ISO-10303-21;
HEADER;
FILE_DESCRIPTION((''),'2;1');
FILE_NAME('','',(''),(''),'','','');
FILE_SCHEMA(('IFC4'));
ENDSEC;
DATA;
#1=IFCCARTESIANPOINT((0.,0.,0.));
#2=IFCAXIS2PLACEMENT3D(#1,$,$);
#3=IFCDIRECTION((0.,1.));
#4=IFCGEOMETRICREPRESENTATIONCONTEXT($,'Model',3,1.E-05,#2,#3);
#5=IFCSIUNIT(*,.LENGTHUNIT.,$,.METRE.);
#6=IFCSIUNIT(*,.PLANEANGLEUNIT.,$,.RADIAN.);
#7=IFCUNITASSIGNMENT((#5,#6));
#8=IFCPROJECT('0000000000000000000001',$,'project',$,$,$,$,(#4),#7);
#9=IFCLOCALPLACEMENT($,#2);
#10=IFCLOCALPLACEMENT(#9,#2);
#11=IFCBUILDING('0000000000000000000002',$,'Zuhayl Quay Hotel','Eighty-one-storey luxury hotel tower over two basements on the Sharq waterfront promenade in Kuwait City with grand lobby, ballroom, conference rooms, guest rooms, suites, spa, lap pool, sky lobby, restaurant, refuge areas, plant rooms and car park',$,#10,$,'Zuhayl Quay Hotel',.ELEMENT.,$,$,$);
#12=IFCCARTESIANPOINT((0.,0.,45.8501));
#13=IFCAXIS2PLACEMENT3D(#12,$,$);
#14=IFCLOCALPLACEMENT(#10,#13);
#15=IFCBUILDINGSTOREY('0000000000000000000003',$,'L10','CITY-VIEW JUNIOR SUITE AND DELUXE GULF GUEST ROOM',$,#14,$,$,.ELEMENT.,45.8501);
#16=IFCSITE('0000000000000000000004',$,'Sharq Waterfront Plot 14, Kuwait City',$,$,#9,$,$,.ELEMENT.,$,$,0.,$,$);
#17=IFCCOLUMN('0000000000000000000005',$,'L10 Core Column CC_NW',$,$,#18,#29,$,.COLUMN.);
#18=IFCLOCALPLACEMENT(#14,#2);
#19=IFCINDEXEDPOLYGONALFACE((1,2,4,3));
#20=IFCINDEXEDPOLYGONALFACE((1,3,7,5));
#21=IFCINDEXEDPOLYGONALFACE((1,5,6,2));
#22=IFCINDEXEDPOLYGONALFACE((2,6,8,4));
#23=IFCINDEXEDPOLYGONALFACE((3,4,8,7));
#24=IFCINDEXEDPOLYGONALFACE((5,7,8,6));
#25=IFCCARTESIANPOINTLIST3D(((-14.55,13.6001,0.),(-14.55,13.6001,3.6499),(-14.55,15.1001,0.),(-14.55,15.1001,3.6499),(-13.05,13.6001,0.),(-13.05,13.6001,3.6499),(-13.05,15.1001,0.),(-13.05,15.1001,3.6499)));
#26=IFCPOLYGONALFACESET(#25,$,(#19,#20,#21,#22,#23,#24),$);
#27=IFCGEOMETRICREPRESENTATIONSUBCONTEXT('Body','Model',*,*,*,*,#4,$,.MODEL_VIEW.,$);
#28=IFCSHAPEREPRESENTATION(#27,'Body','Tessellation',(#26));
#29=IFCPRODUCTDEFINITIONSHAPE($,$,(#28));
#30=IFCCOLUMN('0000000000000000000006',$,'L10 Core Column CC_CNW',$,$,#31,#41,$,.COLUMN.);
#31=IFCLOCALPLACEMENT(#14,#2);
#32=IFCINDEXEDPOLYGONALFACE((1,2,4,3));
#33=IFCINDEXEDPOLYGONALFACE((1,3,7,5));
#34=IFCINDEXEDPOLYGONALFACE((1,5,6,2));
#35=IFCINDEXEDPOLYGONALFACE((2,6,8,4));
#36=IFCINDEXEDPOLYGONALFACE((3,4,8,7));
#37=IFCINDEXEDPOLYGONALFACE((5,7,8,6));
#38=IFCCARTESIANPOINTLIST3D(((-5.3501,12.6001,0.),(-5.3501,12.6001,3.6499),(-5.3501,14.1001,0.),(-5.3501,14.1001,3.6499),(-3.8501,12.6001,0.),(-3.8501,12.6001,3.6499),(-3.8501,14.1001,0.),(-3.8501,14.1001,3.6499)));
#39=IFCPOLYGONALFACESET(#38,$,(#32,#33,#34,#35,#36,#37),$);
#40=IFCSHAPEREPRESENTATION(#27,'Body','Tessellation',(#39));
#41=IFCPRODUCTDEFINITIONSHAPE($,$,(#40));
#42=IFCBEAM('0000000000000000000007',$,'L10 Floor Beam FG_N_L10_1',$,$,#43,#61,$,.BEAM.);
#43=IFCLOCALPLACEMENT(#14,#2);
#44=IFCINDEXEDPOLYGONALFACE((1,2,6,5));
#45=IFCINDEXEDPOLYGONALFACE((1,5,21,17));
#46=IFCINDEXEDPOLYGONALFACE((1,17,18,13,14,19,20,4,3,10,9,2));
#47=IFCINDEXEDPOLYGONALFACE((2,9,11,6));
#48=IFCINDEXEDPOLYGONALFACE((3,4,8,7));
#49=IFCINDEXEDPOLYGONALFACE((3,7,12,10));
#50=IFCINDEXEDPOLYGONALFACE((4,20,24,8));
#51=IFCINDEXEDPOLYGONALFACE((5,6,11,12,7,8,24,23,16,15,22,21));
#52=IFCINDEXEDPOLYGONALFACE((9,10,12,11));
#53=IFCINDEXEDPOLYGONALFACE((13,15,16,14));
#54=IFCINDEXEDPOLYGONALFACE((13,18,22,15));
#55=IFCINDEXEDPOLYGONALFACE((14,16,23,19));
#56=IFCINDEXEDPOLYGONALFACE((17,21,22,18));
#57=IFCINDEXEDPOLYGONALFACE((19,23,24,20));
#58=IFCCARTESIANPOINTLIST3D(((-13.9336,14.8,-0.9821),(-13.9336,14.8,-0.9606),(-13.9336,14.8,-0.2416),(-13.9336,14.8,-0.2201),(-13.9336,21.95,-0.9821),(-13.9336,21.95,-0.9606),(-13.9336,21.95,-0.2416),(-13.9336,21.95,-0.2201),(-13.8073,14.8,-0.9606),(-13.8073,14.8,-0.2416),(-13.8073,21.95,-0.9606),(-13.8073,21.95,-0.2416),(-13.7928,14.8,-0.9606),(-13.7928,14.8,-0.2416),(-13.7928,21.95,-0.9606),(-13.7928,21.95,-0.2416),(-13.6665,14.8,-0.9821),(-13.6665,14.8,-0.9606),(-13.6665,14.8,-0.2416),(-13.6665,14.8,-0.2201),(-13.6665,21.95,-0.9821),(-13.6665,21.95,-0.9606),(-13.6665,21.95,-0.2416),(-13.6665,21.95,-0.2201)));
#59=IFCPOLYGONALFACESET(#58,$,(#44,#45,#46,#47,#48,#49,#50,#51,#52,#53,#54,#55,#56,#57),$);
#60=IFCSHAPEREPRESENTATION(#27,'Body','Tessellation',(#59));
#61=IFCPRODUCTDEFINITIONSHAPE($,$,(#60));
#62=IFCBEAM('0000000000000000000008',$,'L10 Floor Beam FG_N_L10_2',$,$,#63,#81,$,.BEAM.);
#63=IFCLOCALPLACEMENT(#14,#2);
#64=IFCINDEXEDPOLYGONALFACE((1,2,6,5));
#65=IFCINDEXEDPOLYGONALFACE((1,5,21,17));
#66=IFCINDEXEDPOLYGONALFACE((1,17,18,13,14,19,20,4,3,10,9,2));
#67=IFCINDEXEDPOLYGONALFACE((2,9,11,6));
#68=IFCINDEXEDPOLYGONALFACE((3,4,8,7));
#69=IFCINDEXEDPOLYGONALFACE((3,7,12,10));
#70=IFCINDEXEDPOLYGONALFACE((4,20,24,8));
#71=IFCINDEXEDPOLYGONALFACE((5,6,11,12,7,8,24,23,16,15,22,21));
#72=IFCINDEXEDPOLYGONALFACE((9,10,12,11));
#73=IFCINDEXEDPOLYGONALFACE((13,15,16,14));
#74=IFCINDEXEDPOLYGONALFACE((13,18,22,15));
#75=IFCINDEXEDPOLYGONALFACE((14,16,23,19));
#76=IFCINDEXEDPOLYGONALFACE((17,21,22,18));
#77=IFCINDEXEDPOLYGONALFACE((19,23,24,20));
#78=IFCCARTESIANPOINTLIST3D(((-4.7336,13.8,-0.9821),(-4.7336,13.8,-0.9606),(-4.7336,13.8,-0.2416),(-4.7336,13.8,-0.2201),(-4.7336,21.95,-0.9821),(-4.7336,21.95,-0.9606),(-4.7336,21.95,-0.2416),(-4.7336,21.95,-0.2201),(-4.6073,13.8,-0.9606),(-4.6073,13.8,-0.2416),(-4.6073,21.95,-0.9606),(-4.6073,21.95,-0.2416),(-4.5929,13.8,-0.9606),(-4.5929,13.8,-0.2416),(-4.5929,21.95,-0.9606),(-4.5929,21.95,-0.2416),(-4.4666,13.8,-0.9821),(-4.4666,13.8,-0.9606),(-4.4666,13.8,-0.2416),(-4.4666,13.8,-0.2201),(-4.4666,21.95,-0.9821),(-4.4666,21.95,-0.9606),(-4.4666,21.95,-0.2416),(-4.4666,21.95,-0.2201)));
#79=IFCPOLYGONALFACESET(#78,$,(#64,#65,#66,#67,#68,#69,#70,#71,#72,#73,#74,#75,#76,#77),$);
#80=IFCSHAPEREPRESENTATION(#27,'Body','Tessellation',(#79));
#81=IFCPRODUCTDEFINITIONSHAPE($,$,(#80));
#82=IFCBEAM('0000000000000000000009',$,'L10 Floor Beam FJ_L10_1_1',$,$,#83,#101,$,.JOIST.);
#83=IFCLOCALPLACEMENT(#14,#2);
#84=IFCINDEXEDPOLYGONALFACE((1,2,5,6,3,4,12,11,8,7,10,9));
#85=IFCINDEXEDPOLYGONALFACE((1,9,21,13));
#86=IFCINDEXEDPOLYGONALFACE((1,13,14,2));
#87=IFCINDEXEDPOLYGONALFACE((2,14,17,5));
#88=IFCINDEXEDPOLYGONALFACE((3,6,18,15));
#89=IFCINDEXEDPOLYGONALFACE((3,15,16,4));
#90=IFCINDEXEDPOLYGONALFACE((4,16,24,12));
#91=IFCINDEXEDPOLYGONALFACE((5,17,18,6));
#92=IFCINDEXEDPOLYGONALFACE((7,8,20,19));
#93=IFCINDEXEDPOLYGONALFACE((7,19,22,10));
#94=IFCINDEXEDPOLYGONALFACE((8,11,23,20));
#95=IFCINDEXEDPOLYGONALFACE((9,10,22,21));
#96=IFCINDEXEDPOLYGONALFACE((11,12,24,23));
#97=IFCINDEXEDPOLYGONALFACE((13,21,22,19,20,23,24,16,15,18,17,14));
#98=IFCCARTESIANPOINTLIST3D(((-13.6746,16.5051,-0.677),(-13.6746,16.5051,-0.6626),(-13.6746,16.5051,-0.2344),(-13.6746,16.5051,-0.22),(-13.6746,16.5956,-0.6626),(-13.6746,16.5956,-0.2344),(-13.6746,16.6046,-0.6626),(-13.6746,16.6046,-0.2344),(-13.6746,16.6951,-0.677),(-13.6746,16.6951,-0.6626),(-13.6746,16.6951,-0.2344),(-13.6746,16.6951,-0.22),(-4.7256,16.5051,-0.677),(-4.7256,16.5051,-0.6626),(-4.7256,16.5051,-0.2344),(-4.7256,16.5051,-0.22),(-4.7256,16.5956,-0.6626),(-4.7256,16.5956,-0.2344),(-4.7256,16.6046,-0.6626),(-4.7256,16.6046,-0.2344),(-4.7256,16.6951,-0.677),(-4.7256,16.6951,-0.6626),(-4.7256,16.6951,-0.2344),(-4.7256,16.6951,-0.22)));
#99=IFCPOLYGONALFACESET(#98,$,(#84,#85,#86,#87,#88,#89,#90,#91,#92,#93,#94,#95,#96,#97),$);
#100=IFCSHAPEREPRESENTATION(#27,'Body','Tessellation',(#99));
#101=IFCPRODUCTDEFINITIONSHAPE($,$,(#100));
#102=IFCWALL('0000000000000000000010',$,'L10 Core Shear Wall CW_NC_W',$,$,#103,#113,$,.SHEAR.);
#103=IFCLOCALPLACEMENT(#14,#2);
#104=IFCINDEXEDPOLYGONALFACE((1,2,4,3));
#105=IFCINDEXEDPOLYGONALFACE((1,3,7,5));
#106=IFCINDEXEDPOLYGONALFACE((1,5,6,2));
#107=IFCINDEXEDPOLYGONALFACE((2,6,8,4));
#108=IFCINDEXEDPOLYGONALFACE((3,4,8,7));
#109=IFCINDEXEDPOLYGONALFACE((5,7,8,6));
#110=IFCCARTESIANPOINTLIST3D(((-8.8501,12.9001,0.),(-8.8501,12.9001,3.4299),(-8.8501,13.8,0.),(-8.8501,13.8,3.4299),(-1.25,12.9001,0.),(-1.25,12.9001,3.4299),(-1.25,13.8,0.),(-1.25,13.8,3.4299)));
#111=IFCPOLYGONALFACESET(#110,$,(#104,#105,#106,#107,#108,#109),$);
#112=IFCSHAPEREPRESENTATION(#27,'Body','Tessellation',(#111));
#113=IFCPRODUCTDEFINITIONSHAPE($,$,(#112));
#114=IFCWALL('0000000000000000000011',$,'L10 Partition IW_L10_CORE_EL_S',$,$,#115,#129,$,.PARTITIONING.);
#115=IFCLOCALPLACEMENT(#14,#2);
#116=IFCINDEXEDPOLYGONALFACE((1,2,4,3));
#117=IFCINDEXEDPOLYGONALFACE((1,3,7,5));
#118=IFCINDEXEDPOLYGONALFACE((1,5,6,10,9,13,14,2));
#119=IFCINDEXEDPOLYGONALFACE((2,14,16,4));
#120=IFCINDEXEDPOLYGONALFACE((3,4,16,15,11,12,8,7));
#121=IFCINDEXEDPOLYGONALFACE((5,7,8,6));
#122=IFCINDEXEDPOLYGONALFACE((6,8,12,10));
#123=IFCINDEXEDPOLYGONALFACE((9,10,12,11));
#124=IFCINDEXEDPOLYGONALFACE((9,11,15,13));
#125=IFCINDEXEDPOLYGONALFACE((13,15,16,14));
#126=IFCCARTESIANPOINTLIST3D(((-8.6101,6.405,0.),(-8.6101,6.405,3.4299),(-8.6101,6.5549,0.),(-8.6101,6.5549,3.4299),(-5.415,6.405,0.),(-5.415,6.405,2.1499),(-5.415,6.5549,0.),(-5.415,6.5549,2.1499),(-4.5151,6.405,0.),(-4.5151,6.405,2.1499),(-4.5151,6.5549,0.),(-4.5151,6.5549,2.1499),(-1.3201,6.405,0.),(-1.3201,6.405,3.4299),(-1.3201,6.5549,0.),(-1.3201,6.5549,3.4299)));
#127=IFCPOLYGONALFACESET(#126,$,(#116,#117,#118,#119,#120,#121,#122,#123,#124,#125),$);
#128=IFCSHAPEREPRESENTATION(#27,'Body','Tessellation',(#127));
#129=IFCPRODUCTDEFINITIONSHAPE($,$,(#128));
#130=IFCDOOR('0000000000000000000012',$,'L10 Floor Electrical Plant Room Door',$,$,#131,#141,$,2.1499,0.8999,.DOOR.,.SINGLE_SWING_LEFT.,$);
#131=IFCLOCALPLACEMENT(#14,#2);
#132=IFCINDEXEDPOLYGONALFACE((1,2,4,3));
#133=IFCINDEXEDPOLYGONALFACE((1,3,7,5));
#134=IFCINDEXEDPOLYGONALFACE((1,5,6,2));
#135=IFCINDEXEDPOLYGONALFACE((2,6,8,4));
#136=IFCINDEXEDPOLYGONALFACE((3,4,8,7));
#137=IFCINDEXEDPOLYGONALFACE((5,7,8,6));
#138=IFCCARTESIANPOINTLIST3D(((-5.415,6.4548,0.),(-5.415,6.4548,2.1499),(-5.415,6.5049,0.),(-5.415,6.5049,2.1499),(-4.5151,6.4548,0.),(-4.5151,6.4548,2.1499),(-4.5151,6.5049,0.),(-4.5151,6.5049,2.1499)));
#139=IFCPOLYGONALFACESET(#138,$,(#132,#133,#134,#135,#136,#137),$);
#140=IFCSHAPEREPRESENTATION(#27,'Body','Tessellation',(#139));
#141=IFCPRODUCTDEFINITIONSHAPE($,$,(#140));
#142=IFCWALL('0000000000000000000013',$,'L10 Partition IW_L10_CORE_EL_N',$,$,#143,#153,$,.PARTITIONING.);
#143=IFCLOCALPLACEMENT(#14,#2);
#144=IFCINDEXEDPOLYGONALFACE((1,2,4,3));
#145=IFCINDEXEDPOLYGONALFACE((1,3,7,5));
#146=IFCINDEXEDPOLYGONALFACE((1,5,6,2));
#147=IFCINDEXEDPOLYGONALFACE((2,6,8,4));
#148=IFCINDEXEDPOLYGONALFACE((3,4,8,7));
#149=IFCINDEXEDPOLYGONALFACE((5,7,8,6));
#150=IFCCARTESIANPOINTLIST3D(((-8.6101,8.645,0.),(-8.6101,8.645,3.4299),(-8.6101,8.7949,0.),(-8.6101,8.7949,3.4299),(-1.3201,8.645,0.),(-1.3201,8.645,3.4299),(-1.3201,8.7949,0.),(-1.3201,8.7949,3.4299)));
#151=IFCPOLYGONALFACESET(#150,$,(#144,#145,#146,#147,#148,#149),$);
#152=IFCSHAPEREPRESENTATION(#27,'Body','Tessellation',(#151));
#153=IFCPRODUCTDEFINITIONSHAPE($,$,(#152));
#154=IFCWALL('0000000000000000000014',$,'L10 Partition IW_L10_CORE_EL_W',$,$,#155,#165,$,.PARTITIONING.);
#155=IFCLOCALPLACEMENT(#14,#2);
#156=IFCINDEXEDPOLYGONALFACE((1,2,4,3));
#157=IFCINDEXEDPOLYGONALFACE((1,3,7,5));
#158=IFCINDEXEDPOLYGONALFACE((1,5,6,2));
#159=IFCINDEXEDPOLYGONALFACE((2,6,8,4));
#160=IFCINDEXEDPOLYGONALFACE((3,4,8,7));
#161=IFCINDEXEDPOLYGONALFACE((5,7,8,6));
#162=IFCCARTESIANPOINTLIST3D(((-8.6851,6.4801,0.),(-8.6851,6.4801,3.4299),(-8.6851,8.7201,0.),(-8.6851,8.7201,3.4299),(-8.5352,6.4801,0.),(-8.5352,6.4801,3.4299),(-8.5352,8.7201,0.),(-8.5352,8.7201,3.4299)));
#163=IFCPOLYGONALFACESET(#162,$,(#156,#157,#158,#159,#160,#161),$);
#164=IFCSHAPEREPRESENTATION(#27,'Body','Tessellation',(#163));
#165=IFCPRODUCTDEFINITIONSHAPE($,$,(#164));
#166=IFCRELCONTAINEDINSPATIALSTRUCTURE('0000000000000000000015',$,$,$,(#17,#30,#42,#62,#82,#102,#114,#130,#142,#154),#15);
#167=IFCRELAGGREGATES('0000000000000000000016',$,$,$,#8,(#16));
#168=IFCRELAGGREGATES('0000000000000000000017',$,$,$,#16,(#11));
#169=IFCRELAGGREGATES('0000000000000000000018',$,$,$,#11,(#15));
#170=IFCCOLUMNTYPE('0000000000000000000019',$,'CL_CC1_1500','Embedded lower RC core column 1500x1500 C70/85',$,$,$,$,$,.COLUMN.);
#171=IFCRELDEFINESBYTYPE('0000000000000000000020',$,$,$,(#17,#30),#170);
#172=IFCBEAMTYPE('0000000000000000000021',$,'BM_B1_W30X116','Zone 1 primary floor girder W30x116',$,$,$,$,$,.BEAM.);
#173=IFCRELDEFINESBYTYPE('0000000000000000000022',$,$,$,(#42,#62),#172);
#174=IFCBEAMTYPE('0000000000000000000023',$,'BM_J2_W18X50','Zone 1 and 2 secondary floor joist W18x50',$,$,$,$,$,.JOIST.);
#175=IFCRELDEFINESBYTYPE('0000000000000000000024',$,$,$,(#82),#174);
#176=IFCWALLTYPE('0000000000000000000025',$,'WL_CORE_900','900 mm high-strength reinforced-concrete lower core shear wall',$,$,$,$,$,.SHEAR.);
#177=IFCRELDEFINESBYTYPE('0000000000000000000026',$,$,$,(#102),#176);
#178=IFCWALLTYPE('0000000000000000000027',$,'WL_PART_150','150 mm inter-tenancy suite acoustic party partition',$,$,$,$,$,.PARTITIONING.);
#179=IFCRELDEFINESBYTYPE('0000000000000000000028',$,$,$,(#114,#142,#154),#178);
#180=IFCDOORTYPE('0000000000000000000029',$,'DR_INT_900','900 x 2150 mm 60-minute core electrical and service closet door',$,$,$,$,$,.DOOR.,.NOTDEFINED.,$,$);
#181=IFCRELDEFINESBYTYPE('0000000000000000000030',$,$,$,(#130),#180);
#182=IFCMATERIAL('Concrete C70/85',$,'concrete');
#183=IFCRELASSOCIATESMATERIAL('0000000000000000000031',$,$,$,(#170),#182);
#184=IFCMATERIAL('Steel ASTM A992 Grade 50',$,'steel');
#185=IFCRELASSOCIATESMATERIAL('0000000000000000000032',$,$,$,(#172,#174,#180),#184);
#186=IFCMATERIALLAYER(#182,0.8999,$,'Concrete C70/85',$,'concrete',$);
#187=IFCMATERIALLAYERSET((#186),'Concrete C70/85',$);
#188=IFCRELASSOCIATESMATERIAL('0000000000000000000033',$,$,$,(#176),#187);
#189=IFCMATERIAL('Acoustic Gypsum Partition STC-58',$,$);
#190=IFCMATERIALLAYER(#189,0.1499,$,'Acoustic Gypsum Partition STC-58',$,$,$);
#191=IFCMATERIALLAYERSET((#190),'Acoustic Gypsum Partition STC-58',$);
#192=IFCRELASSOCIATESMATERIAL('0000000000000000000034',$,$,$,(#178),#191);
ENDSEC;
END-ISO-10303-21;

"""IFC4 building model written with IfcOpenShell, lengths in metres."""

from ifc_helpers import new_model, si_unit, direction, frame, frame_2d, origin, origin_2d, place, context, subcontext, project, spatial, rectangle, i_section, extrude, material, layer, layer_set, material_profile, profile_set, type_object, element, fill, save


model = new_model("IFC4")

# Units and contexts
model_context = context("Model", 3, precision=1e-05, world=origin(), true_north=direction((0.0, 1.0)))
body_context = subcontext(model_context, "Body", "Model", "MODEL_VIEW")
ifc_project = project(units=[si_unit("LENGTHUNIT", "METRE"), si_unit("PLANEANGLEUNIT", "RADIAN")], contexts=[model_context])

# Site, building, storey
site_placement = place(None, origin())
site = spatial("IfcSite", under=ifc_project, at=site_placement, Name="Sharq Waterfront Plot 14, Kuwait City", CompositionType="ELEMENT", RefElevation=0.0)
building_placement = place(site_placement, origin())
building = spatial("IfcBuilding", under=site, at=building_placement, Name="Zuhayl Quay Hotel", Description="Eighty-one-storey luxury hotel tower over two basements on the Sharq waterfront promenade in Kuwait City with grand lobby, ballroom, conference rooms, guest rooms, suites, spa, lap pool, sky lobby, restaurant, refuge areas, plant rooms and car park", LongName="Zuhayl Quay Hotel", CompositionType="ELEMENT")
storey_placement = place(building_placement, frame((0.0, 0.0, 45.8501)))
storey = spatial("IfcBuildingStorey", under=building, at=storey_placement, Name="L10", Description="CITY-VIEW JUNIOR SUITE AND DELUXE GULF GUEST ROOM", CompositionType="ELEMENT", Elevation=45.8501)

# Columns
ifc_material_1 = material(Name="Concrete C70/85", Category="concrete")
ifc_material_profile_1 = material_profile(ifc_material_1, rectangle(XDim=1.5, YDim=1.5, at=origin_2d()), Name="RC1500X1500")
ifc_profile_set_1 = profile_set([ifc_material_profile_1], Name="Concrete C70/85")
column_type = type_object("IfcColumnType", Name="CL_CC1_1500", Description="Embedded lower RC core column 1500x1500 C70/85", PredefinedType="COLUMN", material=ifc_profile_set_1)
for number, where, z_axis, x_axis, name in (
    (1, (-13.8, 14.3501, 0.0), (0.0, 0.0, 1.0), (1.0, 0.0, 0.0), "L10 Core Column CC_NW"),
    (2, (-4.6001, 13.3501, 0.0), (0.0, 0.0, 1.0), (1.0, 0.0, 0.0), "L10 Core Column CC_CNW"),
):
    element("IfcColumn", number, at=place(storey_placement, frame(where, z_axis=z_axis, x_axis=x_axis)), inside=storey, type_object=column_type, Name=name, PredefinedType="COLUMN", context=body_context, shape_type="SweptSolid", body=[
        extrude(rectangle(XDim=1.5, YDim=1.5, at=origin_2d()), origin(), (0.0, 0.0, 1.0), 3.6499),
    ])

# Beams
ifc_material_2 = material(Name="Steel ASTM A992 Grade 50", Category="steel")
ifc_material_profile_2 = material_profile(ifc_material_2, i_section(OverallWidth=0.2671, OverallDepth=0.762, WebThickness=0.0144, FlangeThickness=0.0215, at=origin_2d()), Name="W30X116")
ifc_profile_set_2 = profile_set([ifc_material_profile_2], Name="Steel ASTM A992 Grade 50")
beam_type_1 = type_object("IfcBeamType", Name="BM_B1_W30X116", Description="Zone 1 primary floor girder W30x116", PredefinedType="BEAM", material=ifc_profile_set_2)
beam_1_placement = place(storey_placement, frame((-13.8, 14.8, -0.6011), z_axis=(0.0, 1.0, 0.0), x_axis=(-1.0, 0.0, 0.0)))
element("IfcBeam", 3, at=beam_1_placement, inside=storey, type_object=beam_type_1, Name="L10 Floor Beam FG_N_L10_1", PredefinedType="BEAM", context=body_context, shape_type="SweptSolid", body=[
    extrude(i_section(OverallWidth=0.2671, OverallDepth=0.762, WebThickness=0.0144, FlangeThickness=0.0215, at=origin_2d()), origin(), (0.0, 0.0, 1.0), 7.1499),
])
beam_2_placement = place(storey_placement, frame((-4.6001, 13.8, -0.6011), z_axis=(0.0, 1.0, 0.0), x_axis=(-1.0, 0.0, 0.0)))
element("IfcBeam", 4, at=beam_2_placement, inside=storey, type_object=beam_type_1, Name="L10 Floor Beam FG_N_L10_2", PredefinedType="BEAM", context=body_context, shape_type="SweptSolid", body=[
    extrude(i_section(OverallWidth=0.2671, OverallDepth=0.762, WebThickness=0.0144, FlangeThickness=0.0215, at=origin_2d()), origin(), (0.0, 0.0, 1.0), 8.1499),
])
ifc_material_profile_3 = material_profile(ifc_material_2, i_section(OverallWidth=0.1899, OverallDepth=0.457, WebThickness=0.009, FlangeThickness=0.0144, at=origin_2d()), Name="W18X50")
ifc_profile_set_3 = profile_set([ifc_material_profile_3], Name="Steel ASTM A992 Grade 50")
beam_type_2 = type_object("IfcBeamType", Name="BM_J2_W18X50", Description="Zone 1 and 2 secondary floor joist W18x50", PredefinedType="JOIST", material=ifc_profile_set_3)
beam_3_placement = place(storey_placement, frame((-13.6746, 16.6001, -0.4485), z_axis=(1.0, 0.0, 0.0), x_axis=(0.0, 1.0, 0.0)))
element("IfcBeam", 5, at=beam_3_placement, inside=storey, type_object=beam_type_2, Name="L10 Floor Beam FJ_L10_1_1", PredefinedType="JOIST", context=body_context, shape_type="SweptSolid", body=[
    extrude(i_section(OverallWidth=0.1899, OverallDepth=0.457, WebThickness=0.009, FlangeThickness=0.0144, at=origin_2d()), origin(), (0.0, 0.0, 1.0), 8.949),
])

# Wall
ifc_layer_1 = layer(ifc_material_1, 0.8999, Name="Concrete C70/85", Category="concrete")
ifc_layer_set_1 = layer_set([ifc_layer_1], Name="Concrete C70/85")
wall_type_1 = type_object("IfcWallType", Name="WL_CORE_900", Description="900 mm high-strength reinforced-concrete lower core shear wall", PredefinedType="SHEAR", material=ifc_layer_set_1)
wall_1_placement = place(storey_placement, frame((-8.8501, 13.3501, 0.0), z_axis=(0.0, 0.0, 1.0), x_axis=(1.0, 0.0, 0.0)))
element("IfcWall", 6, at=wall_1_placement, inside=storey, type_object=wall_type_1, Name="L10 Core Shear Wall CW_NC_W", PredefinedType="SHEAR", context=body_context, shape_type="SweptSolid", body=[
    extrude(rectangle(XDim=7.6001, YDim=0.8999, at=frame_2d((3.8, 0.0))), origin(), (0.0, 0.0, 1.0), 3.4299),
])

# Wall, opening, door
ifc_material_3 = material(Name="Acoustic Gypsum Partition STC-58")
ifc_layer_2 = layer(ifc_material_3, 0.1499, Name="Acoustic Gypsum Partition STC-58")
ifc_layer_set_2 = layer_set([ifc_layer_2], Name="Acoustic Gypsum Partition STC-58")
wall_type_2 = type_object("IfcWallType", Name="WL_PART_150", Description="150 mm inter-tenancy suite acoustic party partition", PredefinedType="PARTITIONING", material=ifc_layer_set_2)
wall_2_placement = place(storey_placement, frame((-8.6101, 6.48, 0.0), z_axis=(0.0, 0.0, 1.0), x_axis=(1.0, 0.0, 0.0)))
wall_2 = element("IfcWall", 7, at=wall_2_placement, inside=storey, type_object=wall_type_2, Name="L10 Partition IW_L10_CORE_EL_S", PredefinedType="PARTITIONING", context=body_context, shape_type="SweptSolid", body=[
    extrude(rectangle(XDim=7.29, YDim=0.1499, at=frame_2d((3.645, 0.0))), origin(), (0.0, 0.0, 1.0), 3.4299),
])
opening_1_placement = place(wall_2_placement, frame((3.1951, 0.0, 0.0)))
opening_1 = element("IfcOpeningElement", 8, at=opening_1_placement, cuts=wall_2, PredefinedType="OPENING", context=body_context, shape_type="SweptSolid", body=[
    extrude(rectangle(XDim=0.8999, YDim=2.1499, at=frame_2d((0.45, 1.075))), frame((0.0, 0.085, 0.0), z_axis=(0.0, -1.0, 0.0), x_axis=(1.0, 0.0, 0.0)), (0.0, 0.0, 1.0), 0.1699),
])
door_type_1 = type_object("IfcDoorType", Name="DR_INT_900", Description="900 x 2150 mm 60-minute core electrical and service closet door", OperationType="NOTDEFINED", PredefinedType="DOOR", material=ifc_material_2)
door_1_placement = place(opening_1_placement, origin())
door_1 = element("IfcDoor", 9, at=door_1_placement, inside=storey, type_object=door_type_1, Name="L10 Floor Electrical Plant Room Door", OperationType="SINGLE_SWING_LEFT", OverallHeight=2.1499, OverallWidth=0.8999, PredefinedType="DOOR", context=body_context, shape_type="SweptSolid", body=[
    extrude(rectangle(XDim=0.8999, YDim=2.1499, at=frame_2d((0.45, 1.075))), frame((0.0, 0.0249, 0.0), z_axis=(0.0, -1.0, 0.0), x_axis=(1.0, 0.0, 0.0)), (0.0, 0.0, 1.0), 0.05),
])
fill(opening_1, door_1)

# Walls
wall_3_placement = place(storey_placement, frame((-8.6101, 8.72, 0.0), z_axis=(0.0, 0.0, 1.0), x_axis=(1.0, 0.0, 0.0)))
element("IfcWall", 10, at=wall_3_placement, inside=storey, type_object=wall_type_2, Name="L10 Partition IW_L10_CORE_EL_N", PredefinedType="PARTITIONING", context=body_context, shape_type="SweptSolid", body=[
    extrude(rectangle(XDim=7.29, YDim=0.1499, at=frame_2d((3.645, 0.0))), origin(), (0.0, 0.0, 1.0), 3.4299),
])
wall_4_placement = place(storey_placement, frame((-8.6101, 6.48, 0.0), z_axis=(0.0, 0.0, 1.0), x_axis=(0.0, 1.0, 0.0)))
element("IfcWall", 11, at=wall_4_placement, inside=storey, type_object=wall_type_2, Name="L10 Partition IW_L10_CORE_EL_W", PredefinedType="PARTITIONING", context=body_context, shape_type="SweptSolid", body=[
    extrude(rectangle(XDim=2.24, YDim=0.1499, at=frame_2d((1.1201, 0.0))), origin(), (0.0, 0.0, 1.0), 3.4299),
])

save(model, "model.ifc")
